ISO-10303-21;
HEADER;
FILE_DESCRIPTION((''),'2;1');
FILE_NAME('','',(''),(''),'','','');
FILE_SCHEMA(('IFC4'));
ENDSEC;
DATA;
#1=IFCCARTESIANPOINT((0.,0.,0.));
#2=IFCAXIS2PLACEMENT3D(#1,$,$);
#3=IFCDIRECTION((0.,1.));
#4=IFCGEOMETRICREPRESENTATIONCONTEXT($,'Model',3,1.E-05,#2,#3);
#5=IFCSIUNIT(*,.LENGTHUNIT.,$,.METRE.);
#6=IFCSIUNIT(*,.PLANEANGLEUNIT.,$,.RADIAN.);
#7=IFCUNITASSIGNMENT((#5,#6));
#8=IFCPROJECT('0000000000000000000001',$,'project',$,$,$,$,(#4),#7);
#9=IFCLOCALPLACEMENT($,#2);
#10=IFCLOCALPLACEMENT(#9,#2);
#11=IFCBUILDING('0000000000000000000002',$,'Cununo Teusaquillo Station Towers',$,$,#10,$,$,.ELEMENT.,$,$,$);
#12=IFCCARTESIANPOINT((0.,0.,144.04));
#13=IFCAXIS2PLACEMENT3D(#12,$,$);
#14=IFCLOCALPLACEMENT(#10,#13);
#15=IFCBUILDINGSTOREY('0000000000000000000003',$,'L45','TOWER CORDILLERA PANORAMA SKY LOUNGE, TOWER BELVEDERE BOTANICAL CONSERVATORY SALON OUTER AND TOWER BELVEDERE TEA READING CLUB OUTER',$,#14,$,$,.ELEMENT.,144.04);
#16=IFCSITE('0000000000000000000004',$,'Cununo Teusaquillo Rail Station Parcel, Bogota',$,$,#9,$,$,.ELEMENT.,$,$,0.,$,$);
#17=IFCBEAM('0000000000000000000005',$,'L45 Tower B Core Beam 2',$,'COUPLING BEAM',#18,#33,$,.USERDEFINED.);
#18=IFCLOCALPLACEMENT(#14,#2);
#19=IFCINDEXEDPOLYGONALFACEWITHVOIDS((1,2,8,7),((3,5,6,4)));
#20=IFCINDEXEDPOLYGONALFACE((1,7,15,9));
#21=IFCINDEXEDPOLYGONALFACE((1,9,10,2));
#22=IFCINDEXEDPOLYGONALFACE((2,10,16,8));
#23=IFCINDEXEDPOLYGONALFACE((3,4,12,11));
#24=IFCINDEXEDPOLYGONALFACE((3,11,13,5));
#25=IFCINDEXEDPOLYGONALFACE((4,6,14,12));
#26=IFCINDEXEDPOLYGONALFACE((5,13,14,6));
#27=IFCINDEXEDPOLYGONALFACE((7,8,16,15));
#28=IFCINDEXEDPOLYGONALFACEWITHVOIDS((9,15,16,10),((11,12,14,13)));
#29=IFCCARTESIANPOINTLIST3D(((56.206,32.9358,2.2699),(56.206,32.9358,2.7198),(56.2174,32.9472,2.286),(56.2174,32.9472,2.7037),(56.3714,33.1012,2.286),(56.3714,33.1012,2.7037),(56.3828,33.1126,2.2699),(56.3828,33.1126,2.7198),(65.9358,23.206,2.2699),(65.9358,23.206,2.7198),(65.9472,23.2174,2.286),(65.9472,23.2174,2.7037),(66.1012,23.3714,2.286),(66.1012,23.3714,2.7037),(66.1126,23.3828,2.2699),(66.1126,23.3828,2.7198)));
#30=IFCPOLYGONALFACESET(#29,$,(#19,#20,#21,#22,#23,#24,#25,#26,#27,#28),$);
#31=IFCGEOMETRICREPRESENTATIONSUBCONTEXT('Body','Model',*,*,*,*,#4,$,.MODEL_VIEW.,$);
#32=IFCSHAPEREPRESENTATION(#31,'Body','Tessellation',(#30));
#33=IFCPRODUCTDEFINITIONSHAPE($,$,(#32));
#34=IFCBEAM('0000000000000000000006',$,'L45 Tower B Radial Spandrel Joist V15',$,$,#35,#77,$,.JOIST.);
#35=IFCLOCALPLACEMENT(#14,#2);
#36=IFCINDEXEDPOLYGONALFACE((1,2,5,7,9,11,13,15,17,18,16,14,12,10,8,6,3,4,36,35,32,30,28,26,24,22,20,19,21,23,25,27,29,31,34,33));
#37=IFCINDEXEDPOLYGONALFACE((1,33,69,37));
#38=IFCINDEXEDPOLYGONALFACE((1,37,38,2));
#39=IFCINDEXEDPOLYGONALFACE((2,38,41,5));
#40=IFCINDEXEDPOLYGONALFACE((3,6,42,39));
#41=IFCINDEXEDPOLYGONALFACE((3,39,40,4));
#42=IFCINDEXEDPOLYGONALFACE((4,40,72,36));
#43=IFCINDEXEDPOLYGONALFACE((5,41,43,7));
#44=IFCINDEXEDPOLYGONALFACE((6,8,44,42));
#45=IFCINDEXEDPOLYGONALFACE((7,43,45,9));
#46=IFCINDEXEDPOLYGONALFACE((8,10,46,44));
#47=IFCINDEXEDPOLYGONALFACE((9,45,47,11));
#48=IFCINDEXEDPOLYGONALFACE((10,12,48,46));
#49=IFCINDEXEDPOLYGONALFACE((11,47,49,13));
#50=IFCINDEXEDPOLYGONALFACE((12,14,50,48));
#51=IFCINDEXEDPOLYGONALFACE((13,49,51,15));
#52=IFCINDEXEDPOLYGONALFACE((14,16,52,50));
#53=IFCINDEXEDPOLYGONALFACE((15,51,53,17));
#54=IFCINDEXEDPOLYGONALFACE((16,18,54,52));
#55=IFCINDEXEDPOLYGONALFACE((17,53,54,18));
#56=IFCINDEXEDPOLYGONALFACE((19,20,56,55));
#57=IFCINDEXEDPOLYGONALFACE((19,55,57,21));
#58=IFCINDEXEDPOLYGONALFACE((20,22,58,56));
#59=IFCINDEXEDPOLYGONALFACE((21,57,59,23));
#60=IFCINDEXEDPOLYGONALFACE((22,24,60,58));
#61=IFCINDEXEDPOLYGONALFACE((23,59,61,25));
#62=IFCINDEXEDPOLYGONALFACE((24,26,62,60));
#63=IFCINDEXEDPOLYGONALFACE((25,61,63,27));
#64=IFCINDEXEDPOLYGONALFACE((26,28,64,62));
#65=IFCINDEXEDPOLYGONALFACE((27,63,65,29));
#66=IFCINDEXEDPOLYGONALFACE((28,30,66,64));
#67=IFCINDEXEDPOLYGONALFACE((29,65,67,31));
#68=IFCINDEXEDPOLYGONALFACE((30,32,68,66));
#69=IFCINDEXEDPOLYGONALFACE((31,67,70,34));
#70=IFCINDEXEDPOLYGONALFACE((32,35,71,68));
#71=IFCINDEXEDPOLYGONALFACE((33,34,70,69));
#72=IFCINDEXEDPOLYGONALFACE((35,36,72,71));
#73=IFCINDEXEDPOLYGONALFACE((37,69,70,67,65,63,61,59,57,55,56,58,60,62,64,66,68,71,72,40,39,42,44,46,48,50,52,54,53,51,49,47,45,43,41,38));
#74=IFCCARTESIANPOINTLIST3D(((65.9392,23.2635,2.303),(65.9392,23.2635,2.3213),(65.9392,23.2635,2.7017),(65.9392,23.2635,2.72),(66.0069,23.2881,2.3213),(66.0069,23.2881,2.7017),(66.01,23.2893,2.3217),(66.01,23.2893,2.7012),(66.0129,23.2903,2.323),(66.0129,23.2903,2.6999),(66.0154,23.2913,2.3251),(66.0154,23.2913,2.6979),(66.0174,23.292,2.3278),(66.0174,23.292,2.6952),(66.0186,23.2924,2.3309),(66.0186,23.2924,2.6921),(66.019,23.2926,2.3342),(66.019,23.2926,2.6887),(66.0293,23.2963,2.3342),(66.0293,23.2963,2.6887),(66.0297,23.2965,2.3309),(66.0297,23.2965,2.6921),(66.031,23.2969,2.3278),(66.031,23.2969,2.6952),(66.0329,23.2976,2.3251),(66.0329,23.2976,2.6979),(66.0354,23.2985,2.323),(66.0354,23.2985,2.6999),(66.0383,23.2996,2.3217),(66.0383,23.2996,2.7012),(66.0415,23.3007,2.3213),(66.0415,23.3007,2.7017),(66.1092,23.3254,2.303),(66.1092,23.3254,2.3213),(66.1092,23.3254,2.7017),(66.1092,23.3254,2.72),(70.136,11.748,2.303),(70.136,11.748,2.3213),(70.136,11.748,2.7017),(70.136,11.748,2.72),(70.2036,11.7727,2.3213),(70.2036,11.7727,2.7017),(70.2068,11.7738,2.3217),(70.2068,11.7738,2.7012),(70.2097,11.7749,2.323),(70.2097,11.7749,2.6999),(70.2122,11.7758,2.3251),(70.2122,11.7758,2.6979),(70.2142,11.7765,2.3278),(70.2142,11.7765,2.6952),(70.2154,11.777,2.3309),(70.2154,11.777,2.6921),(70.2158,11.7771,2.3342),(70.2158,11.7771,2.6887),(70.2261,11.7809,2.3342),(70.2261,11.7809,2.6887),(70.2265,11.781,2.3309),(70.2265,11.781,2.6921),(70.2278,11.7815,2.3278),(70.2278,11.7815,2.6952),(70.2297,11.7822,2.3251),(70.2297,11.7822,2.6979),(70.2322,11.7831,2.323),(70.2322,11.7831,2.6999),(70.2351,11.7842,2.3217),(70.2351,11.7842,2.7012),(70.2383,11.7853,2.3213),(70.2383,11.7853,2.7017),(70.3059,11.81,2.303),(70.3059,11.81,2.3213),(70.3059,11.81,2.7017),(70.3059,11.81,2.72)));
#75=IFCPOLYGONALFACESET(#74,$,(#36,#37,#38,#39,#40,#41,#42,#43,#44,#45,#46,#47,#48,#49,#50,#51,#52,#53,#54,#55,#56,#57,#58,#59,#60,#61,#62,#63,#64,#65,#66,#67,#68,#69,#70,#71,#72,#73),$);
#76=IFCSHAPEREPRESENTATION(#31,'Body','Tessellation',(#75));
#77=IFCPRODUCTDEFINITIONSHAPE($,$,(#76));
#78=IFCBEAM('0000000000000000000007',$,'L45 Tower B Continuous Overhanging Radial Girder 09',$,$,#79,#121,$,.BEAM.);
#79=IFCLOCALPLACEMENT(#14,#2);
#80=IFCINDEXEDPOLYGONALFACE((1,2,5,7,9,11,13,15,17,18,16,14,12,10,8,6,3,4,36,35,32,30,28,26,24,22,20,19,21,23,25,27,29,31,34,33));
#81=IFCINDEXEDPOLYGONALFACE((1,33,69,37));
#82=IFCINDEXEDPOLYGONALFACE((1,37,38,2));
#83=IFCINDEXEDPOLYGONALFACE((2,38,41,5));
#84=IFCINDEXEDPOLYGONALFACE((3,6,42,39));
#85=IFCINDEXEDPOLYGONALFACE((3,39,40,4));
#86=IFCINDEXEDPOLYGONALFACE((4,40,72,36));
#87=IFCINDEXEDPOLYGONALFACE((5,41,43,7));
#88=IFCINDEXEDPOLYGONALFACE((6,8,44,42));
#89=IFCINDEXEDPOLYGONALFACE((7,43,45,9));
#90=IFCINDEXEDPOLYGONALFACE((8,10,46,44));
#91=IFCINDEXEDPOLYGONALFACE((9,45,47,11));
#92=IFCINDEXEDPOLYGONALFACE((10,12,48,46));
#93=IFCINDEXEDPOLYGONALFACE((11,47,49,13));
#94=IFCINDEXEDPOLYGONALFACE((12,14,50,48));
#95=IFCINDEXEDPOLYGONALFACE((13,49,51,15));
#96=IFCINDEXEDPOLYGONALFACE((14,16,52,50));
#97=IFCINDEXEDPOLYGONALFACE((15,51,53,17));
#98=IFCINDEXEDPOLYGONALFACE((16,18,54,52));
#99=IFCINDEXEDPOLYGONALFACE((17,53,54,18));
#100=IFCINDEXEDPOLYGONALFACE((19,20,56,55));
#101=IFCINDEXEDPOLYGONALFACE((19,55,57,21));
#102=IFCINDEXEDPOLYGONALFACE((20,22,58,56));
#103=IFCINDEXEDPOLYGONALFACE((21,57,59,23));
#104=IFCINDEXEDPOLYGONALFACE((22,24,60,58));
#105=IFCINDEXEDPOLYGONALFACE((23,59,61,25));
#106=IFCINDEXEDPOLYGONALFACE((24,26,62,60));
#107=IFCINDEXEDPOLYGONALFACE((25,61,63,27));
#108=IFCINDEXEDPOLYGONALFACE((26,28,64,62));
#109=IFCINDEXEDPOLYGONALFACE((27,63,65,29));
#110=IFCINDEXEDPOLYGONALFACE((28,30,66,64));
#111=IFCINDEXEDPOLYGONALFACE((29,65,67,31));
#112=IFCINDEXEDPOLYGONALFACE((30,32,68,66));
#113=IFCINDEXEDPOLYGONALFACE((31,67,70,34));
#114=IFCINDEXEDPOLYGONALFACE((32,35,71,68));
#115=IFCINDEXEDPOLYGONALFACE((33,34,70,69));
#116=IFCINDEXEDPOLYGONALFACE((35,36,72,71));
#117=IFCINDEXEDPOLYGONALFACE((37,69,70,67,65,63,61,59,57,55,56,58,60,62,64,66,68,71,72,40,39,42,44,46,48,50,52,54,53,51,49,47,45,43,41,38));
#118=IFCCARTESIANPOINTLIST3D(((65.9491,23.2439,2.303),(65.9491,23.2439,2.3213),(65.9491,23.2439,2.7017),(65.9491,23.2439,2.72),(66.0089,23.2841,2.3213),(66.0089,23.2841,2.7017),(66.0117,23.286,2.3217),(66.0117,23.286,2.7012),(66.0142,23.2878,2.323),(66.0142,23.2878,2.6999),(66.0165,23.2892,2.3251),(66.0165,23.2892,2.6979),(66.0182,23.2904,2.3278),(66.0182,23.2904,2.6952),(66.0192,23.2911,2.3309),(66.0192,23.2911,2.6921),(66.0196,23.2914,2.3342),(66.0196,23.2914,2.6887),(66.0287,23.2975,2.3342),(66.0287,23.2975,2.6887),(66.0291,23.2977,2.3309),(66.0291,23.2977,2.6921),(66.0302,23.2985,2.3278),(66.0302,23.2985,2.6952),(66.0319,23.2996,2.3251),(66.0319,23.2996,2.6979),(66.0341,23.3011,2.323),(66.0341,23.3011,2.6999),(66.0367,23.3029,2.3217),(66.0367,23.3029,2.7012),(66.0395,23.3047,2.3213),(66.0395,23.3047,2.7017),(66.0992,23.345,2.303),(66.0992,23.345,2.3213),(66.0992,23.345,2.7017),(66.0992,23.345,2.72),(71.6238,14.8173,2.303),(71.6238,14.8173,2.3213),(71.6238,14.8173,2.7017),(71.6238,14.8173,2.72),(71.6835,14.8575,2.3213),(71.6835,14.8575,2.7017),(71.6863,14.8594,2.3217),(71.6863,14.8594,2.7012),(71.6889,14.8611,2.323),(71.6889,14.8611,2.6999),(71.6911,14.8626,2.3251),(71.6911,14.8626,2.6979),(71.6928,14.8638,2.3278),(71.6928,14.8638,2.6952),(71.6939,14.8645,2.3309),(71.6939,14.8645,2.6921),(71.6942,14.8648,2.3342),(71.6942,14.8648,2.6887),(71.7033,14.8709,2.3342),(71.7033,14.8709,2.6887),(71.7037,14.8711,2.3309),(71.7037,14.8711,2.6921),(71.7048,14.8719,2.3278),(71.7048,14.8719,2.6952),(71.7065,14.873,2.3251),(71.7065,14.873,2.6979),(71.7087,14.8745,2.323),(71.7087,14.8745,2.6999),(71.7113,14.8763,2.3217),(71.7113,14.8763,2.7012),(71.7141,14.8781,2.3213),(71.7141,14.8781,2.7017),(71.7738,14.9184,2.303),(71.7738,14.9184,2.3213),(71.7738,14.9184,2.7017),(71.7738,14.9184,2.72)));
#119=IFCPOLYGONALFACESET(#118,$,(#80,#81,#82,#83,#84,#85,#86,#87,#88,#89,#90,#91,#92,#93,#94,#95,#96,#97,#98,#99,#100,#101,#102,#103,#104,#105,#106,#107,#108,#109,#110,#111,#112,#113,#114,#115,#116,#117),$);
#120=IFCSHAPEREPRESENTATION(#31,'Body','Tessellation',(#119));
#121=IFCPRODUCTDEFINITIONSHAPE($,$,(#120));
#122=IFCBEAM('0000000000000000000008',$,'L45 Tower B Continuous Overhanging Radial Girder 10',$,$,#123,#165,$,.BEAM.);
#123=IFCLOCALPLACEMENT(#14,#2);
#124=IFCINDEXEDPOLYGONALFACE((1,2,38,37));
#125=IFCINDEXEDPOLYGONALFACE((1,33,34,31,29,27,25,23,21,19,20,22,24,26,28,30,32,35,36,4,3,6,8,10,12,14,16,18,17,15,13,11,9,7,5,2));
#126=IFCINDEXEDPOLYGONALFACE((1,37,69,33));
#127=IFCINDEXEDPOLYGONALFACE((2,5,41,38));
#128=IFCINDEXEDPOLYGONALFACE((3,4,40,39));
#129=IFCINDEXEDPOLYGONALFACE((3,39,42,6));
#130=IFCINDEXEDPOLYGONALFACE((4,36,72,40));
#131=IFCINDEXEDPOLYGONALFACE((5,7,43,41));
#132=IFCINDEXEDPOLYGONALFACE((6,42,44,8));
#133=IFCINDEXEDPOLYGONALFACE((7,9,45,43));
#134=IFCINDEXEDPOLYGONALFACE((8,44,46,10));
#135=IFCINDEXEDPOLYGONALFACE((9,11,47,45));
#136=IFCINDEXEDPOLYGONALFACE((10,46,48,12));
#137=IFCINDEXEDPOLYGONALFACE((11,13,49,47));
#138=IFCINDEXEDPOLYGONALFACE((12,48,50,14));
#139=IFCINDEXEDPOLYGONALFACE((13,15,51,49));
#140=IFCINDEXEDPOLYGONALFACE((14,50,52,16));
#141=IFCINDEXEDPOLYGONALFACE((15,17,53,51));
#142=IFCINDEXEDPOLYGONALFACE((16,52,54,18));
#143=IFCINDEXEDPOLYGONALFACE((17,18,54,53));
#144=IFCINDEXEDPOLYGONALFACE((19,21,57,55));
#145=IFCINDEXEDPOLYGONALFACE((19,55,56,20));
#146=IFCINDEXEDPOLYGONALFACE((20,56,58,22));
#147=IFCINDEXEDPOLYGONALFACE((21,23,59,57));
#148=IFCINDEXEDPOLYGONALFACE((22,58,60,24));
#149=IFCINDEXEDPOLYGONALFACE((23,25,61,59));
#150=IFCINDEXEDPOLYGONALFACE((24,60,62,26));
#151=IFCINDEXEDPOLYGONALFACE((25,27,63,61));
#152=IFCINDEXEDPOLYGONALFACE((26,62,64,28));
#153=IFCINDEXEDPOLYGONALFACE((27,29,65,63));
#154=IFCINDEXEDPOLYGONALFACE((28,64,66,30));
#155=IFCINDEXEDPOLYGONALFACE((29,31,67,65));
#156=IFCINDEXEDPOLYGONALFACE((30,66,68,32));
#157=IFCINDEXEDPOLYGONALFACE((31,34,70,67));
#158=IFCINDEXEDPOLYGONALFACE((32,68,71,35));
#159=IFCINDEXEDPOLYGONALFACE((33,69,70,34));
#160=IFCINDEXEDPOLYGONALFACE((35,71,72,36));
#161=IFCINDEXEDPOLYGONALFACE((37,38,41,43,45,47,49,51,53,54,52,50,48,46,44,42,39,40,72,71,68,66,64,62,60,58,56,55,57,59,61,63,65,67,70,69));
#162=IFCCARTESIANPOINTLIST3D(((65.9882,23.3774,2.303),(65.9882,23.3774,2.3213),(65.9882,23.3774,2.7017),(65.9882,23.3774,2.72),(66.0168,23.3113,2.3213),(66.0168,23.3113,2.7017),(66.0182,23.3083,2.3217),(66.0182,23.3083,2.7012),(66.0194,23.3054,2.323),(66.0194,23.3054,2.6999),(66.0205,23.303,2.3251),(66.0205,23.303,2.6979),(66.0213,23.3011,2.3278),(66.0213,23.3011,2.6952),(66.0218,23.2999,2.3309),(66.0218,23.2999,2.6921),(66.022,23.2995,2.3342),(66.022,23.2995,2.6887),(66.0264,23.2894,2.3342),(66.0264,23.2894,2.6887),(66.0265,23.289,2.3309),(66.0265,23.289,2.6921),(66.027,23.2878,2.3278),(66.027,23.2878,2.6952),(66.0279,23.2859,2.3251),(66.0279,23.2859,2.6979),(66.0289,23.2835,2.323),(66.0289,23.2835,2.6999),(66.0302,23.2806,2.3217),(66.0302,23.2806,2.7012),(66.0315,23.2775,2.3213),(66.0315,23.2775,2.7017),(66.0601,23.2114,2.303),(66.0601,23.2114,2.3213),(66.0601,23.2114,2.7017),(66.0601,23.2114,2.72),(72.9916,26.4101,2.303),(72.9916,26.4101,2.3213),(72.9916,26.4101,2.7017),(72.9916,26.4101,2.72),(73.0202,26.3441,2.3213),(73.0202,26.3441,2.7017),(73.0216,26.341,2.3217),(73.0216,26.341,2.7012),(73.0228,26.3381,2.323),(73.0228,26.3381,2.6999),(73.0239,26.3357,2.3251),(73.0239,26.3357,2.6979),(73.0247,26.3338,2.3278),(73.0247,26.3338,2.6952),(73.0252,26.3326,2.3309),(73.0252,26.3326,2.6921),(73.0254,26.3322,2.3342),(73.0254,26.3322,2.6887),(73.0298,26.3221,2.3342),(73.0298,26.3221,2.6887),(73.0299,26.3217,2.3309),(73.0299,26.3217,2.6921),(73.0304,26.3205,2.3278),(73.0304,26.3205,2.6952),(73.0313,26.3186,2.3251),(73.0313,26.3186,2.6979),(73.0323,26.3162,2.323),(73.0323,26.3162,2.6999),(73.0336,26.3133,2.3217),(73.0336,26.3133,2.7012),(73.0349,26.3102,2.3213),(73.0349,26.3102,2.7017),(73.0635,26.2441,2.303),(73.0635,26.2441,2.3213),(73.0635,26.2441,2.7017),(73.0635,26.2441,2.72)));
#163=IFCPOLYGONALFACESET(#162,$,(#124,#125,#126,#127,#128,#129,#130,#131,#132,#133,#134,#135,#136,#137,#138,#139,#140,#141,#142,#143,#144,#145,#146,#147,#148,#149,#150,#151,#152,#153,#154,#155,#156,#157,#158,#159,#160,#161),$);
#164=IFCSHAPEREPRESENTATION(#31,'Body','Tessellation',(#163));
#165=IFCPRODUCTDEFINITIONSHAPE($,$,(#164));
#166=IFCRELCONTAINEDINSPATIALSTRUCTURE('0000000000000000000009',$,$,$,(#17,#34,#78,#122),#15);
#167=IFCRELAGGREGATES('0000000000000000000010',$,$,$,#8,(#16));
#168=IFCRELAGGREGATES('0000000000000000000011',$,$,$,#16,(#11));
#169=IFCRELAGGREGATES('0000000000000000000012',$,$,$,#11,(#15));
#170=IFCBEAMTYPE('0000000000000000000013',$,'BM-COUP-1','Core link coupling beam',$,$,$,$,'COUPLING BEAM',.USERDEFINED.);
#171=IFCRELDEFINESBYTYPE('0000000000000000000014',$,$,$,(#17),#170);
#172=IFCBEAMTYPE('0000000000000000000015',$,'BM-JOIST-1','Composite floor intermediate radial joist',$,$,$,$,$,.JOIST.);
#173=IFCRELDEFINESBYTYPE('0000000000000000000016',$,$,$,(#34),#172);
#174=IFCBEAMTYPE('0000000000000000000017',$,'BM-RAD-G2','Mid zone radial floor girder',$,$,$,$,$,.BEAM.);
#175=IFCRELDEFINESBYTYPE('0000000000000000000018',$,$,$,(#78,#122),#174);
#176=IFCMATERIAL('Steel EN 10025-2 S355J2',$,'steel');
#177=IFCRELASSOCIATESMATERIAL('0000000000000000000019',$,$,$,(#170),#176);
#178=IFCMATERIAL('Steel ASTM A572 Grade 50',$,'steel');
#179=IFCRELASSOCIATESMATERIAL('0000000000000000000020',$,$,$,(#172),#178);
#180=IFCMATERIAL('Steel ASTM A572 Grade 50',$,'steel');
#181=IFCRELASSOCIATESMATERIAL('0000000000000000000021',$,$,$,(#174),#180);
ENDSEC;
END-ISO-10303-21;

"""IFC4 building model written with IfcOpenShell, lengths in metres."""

from ifc_helpers import new_model, si_unit, direction, frame, origin, origin_2d, place, context, subcontext, project, spatial, hollow_rectangle, i_section, extrude, material, material_profile, profile_set, type_object, element, save


model = new_model("IFC4")

# Units and contexts
model_context = context("Model", 3, precision=1e-05, world=origin(), true_north=direction((0.0, 1.0)))
body_context = subcontext(model_context, "Body", "Model", "MODEL_VIEW")
ifc_project = project(units=[si_unit("LENGTHUNIT", "METRE"), si_unit("PLANEANGLEUNIT", "RADIAN")], contexts=[model_context])

# Site, building, storey
site_placement = place(None, origin())
site = spatial("IfcSite", under=ifc_project, at=site_placement, Name="Cununo Teusaquillo Rail Station Parcel, Bogota", CompositionType="ELEMENT", RefElevation=0.0)
building_placement = place(site_placement, origin())
building = spatial("IfcBuilding", under=site, at=building_placement, Name="Cununo Teusaquillo Station Towers", CompositionType="ELEMENT")
storey_placement = place(building_placement, frame((0.0, 0.0, 144.04)))
storey = spatial("IfcBuildingStorey", under=building, at=storey_placement, Name="L45", Description="TOWER CORDILLERA PANORAMA SKY LOUNGE, TOWER BELVEDERE BOTANICAL CONSERVATORY SALON OUTER AND TOWER BELVEDERE TEA READING CLUB OUTER", CompositionType="ELEMENT", Elevation=144.04)

# Beams
ifc_material_1 = material(Name="Steel EN 10025-2 S355J2", Category="steel")
ifc_material_profile_1 = material_profile(ifc_material_1, hollow_rectangle(XDim=0.25, YDim=0.45, WallThickness=0.0161, at=origin_2d()), Name="RHS 450x250x16")
ifc_profile_set_1 = profile_set([ifc_material_profile_1], Name="Steel EN 10025-2 S355J2")
beam_type_1 = type_object("IfcBeamType", Name="BM-COUP-1", Description="Core link coupling beam", ElementType="COUPLING BEAM", PredefinedType="USERDEFINED", material=ifc_profile_set_1)
beam_1_placement = place(storey_placement, frame((66.0242, 23.2944, 2.4949), z_axis=(-0.707107, 0.707107, 0.0), x_axis=(-0.707107, -0.707107, 0.0)))
element("IfcBeam", 1, at=beam_1_placement, inside=storey, type_object=beam_type_1, Name="L45 Tower B Core Beam 2", ObjectType="COUPLING BEAM", PredefinedType="USERDEFINED", context=body_context, shape_type="SweptSolid", body=[
    extrude(hollow_rectangle(XDim=0.25, YDim=0.45, WallThickness=0.0161, at=origin_2d()), origin(), (0.0, 0.0, 1.0), 13.76),
])
ifc_material_2 = material(Name="Steel ASTM A572 Grade 50", Category="steel")
ifc_material_profile_2 = material_profile(ifc_material_2, i_section(OverallWidth=0.1809, OverallDepth=0.417, WebThickness=0.011, FlangeThickness=0.0183, FilletRadius=0.0129, at=origin_2d()), Name="W16X57")
ifc_profile_set_2 = profile_set([ifc_material_profile_2], Name="Steel ASTM A572 Grade 50")
beam_type_2 = type_object("IfcBeamType", Name="BM-JOIST-1", Description="Composite floor intermediate radial joist", PredefinedType="JOIST", material=ifc_profile_set_2)
beam_2_placement = place(storey_placement, frame((66.0242, 23.2944, 2.5115), z_axis=(0.342418, -0.939548, 0.0), x_axis=(0.939548, 0.342418, 0.0)))
element("IfcBeam", 2, at=beam_2_placement, inside=storey, type_object=beam_type_2, Name="L45 Tower B Radial Spandrel Joist V15", PredefinedType="JOIST", context=body_context, shape_type="SweptSolid", body=[
    extrude(i_section(OverallWidth=0.1809, OverallDepth=0.417, WebThickness=0.011, FlangeThickness=0.0183, FilletRadius=0.0129, at=origin_2d()), origin(), (0.0, 0.0, 1.0), 12.2563),
])
ifc_material_3 = material(Name="Steel ASTM A572 Grade 50", Category="steel")
ifc_material_profile_3 = material_profile(ifc_material_3, i_section(OverallWidth=0.1809, OverallDepth=0.417, WebThickness=0.011, FlangeThickness=0.0183, FilletRadius=0.0129, at=origin_2d()), Name="W16X57")
ifc_profile_set_3 = profile_set([ifc_material_profile_3], Name="Steel ASTM A572 Grade 50")
beam_type_3 = type_object("IfcBeamType", Name="BM-RAD-G2", Description="Mid zone radial floor girder", PredefinedType="BEAM", material=ifc_profile_set_3)
beam_3_placement = place(storey_placement, frame((66.0242, 23.2944, 2.5115), z_axis=(0.558571, -0.829457, 0.0), x_axis=(0.829457, 0.558571, 0.0)))
element("IfcBeam", 3, at=beam_3_placement, inside=storey, type_object=beam_type_3, Name="L45 Tower B Continuous Overhanging Radial Girder 09", PredefinedType="BEAM", context=body_context, shape_type="SweptSolid", body=[
    extrude(i_section(OverallWidth=0.1809, OverallDepth=0.417, WebThickness=0.011, FlangeThickness=0.0183, FilletRadius=0.0129, at=origin_2d()), origin(), (0.0, 0.0, 1.0), 10.1592),
])
beam_4_placement = place(storey_placement, frame((66.0242, 23.2944, 2.5115), z_axis=(0.917656, 0.397376, 0.0), x_axis=(-0.397376, 0.917656, 0.0)))
element("IfcBeam", 4, at=beam_4_placement, inside=storey, type_object=beam_type_3, Name="L45 Tower B Continuous Overhanging Radial Girder 10", PredefinedType="BEAM", context=body_context, shape_type="SweptSolid", body=[
    extrude(i_section(OverallWidth=0.1809, OverallDepth=0.417, WebThickness=0.011, FlangeThickness=0.0183, FilletRadius=0.0129, at=origin_2d()), origin(), (0.0, 0.0, 1.0), 7.6318),
])

save(model, "model.ifc")
